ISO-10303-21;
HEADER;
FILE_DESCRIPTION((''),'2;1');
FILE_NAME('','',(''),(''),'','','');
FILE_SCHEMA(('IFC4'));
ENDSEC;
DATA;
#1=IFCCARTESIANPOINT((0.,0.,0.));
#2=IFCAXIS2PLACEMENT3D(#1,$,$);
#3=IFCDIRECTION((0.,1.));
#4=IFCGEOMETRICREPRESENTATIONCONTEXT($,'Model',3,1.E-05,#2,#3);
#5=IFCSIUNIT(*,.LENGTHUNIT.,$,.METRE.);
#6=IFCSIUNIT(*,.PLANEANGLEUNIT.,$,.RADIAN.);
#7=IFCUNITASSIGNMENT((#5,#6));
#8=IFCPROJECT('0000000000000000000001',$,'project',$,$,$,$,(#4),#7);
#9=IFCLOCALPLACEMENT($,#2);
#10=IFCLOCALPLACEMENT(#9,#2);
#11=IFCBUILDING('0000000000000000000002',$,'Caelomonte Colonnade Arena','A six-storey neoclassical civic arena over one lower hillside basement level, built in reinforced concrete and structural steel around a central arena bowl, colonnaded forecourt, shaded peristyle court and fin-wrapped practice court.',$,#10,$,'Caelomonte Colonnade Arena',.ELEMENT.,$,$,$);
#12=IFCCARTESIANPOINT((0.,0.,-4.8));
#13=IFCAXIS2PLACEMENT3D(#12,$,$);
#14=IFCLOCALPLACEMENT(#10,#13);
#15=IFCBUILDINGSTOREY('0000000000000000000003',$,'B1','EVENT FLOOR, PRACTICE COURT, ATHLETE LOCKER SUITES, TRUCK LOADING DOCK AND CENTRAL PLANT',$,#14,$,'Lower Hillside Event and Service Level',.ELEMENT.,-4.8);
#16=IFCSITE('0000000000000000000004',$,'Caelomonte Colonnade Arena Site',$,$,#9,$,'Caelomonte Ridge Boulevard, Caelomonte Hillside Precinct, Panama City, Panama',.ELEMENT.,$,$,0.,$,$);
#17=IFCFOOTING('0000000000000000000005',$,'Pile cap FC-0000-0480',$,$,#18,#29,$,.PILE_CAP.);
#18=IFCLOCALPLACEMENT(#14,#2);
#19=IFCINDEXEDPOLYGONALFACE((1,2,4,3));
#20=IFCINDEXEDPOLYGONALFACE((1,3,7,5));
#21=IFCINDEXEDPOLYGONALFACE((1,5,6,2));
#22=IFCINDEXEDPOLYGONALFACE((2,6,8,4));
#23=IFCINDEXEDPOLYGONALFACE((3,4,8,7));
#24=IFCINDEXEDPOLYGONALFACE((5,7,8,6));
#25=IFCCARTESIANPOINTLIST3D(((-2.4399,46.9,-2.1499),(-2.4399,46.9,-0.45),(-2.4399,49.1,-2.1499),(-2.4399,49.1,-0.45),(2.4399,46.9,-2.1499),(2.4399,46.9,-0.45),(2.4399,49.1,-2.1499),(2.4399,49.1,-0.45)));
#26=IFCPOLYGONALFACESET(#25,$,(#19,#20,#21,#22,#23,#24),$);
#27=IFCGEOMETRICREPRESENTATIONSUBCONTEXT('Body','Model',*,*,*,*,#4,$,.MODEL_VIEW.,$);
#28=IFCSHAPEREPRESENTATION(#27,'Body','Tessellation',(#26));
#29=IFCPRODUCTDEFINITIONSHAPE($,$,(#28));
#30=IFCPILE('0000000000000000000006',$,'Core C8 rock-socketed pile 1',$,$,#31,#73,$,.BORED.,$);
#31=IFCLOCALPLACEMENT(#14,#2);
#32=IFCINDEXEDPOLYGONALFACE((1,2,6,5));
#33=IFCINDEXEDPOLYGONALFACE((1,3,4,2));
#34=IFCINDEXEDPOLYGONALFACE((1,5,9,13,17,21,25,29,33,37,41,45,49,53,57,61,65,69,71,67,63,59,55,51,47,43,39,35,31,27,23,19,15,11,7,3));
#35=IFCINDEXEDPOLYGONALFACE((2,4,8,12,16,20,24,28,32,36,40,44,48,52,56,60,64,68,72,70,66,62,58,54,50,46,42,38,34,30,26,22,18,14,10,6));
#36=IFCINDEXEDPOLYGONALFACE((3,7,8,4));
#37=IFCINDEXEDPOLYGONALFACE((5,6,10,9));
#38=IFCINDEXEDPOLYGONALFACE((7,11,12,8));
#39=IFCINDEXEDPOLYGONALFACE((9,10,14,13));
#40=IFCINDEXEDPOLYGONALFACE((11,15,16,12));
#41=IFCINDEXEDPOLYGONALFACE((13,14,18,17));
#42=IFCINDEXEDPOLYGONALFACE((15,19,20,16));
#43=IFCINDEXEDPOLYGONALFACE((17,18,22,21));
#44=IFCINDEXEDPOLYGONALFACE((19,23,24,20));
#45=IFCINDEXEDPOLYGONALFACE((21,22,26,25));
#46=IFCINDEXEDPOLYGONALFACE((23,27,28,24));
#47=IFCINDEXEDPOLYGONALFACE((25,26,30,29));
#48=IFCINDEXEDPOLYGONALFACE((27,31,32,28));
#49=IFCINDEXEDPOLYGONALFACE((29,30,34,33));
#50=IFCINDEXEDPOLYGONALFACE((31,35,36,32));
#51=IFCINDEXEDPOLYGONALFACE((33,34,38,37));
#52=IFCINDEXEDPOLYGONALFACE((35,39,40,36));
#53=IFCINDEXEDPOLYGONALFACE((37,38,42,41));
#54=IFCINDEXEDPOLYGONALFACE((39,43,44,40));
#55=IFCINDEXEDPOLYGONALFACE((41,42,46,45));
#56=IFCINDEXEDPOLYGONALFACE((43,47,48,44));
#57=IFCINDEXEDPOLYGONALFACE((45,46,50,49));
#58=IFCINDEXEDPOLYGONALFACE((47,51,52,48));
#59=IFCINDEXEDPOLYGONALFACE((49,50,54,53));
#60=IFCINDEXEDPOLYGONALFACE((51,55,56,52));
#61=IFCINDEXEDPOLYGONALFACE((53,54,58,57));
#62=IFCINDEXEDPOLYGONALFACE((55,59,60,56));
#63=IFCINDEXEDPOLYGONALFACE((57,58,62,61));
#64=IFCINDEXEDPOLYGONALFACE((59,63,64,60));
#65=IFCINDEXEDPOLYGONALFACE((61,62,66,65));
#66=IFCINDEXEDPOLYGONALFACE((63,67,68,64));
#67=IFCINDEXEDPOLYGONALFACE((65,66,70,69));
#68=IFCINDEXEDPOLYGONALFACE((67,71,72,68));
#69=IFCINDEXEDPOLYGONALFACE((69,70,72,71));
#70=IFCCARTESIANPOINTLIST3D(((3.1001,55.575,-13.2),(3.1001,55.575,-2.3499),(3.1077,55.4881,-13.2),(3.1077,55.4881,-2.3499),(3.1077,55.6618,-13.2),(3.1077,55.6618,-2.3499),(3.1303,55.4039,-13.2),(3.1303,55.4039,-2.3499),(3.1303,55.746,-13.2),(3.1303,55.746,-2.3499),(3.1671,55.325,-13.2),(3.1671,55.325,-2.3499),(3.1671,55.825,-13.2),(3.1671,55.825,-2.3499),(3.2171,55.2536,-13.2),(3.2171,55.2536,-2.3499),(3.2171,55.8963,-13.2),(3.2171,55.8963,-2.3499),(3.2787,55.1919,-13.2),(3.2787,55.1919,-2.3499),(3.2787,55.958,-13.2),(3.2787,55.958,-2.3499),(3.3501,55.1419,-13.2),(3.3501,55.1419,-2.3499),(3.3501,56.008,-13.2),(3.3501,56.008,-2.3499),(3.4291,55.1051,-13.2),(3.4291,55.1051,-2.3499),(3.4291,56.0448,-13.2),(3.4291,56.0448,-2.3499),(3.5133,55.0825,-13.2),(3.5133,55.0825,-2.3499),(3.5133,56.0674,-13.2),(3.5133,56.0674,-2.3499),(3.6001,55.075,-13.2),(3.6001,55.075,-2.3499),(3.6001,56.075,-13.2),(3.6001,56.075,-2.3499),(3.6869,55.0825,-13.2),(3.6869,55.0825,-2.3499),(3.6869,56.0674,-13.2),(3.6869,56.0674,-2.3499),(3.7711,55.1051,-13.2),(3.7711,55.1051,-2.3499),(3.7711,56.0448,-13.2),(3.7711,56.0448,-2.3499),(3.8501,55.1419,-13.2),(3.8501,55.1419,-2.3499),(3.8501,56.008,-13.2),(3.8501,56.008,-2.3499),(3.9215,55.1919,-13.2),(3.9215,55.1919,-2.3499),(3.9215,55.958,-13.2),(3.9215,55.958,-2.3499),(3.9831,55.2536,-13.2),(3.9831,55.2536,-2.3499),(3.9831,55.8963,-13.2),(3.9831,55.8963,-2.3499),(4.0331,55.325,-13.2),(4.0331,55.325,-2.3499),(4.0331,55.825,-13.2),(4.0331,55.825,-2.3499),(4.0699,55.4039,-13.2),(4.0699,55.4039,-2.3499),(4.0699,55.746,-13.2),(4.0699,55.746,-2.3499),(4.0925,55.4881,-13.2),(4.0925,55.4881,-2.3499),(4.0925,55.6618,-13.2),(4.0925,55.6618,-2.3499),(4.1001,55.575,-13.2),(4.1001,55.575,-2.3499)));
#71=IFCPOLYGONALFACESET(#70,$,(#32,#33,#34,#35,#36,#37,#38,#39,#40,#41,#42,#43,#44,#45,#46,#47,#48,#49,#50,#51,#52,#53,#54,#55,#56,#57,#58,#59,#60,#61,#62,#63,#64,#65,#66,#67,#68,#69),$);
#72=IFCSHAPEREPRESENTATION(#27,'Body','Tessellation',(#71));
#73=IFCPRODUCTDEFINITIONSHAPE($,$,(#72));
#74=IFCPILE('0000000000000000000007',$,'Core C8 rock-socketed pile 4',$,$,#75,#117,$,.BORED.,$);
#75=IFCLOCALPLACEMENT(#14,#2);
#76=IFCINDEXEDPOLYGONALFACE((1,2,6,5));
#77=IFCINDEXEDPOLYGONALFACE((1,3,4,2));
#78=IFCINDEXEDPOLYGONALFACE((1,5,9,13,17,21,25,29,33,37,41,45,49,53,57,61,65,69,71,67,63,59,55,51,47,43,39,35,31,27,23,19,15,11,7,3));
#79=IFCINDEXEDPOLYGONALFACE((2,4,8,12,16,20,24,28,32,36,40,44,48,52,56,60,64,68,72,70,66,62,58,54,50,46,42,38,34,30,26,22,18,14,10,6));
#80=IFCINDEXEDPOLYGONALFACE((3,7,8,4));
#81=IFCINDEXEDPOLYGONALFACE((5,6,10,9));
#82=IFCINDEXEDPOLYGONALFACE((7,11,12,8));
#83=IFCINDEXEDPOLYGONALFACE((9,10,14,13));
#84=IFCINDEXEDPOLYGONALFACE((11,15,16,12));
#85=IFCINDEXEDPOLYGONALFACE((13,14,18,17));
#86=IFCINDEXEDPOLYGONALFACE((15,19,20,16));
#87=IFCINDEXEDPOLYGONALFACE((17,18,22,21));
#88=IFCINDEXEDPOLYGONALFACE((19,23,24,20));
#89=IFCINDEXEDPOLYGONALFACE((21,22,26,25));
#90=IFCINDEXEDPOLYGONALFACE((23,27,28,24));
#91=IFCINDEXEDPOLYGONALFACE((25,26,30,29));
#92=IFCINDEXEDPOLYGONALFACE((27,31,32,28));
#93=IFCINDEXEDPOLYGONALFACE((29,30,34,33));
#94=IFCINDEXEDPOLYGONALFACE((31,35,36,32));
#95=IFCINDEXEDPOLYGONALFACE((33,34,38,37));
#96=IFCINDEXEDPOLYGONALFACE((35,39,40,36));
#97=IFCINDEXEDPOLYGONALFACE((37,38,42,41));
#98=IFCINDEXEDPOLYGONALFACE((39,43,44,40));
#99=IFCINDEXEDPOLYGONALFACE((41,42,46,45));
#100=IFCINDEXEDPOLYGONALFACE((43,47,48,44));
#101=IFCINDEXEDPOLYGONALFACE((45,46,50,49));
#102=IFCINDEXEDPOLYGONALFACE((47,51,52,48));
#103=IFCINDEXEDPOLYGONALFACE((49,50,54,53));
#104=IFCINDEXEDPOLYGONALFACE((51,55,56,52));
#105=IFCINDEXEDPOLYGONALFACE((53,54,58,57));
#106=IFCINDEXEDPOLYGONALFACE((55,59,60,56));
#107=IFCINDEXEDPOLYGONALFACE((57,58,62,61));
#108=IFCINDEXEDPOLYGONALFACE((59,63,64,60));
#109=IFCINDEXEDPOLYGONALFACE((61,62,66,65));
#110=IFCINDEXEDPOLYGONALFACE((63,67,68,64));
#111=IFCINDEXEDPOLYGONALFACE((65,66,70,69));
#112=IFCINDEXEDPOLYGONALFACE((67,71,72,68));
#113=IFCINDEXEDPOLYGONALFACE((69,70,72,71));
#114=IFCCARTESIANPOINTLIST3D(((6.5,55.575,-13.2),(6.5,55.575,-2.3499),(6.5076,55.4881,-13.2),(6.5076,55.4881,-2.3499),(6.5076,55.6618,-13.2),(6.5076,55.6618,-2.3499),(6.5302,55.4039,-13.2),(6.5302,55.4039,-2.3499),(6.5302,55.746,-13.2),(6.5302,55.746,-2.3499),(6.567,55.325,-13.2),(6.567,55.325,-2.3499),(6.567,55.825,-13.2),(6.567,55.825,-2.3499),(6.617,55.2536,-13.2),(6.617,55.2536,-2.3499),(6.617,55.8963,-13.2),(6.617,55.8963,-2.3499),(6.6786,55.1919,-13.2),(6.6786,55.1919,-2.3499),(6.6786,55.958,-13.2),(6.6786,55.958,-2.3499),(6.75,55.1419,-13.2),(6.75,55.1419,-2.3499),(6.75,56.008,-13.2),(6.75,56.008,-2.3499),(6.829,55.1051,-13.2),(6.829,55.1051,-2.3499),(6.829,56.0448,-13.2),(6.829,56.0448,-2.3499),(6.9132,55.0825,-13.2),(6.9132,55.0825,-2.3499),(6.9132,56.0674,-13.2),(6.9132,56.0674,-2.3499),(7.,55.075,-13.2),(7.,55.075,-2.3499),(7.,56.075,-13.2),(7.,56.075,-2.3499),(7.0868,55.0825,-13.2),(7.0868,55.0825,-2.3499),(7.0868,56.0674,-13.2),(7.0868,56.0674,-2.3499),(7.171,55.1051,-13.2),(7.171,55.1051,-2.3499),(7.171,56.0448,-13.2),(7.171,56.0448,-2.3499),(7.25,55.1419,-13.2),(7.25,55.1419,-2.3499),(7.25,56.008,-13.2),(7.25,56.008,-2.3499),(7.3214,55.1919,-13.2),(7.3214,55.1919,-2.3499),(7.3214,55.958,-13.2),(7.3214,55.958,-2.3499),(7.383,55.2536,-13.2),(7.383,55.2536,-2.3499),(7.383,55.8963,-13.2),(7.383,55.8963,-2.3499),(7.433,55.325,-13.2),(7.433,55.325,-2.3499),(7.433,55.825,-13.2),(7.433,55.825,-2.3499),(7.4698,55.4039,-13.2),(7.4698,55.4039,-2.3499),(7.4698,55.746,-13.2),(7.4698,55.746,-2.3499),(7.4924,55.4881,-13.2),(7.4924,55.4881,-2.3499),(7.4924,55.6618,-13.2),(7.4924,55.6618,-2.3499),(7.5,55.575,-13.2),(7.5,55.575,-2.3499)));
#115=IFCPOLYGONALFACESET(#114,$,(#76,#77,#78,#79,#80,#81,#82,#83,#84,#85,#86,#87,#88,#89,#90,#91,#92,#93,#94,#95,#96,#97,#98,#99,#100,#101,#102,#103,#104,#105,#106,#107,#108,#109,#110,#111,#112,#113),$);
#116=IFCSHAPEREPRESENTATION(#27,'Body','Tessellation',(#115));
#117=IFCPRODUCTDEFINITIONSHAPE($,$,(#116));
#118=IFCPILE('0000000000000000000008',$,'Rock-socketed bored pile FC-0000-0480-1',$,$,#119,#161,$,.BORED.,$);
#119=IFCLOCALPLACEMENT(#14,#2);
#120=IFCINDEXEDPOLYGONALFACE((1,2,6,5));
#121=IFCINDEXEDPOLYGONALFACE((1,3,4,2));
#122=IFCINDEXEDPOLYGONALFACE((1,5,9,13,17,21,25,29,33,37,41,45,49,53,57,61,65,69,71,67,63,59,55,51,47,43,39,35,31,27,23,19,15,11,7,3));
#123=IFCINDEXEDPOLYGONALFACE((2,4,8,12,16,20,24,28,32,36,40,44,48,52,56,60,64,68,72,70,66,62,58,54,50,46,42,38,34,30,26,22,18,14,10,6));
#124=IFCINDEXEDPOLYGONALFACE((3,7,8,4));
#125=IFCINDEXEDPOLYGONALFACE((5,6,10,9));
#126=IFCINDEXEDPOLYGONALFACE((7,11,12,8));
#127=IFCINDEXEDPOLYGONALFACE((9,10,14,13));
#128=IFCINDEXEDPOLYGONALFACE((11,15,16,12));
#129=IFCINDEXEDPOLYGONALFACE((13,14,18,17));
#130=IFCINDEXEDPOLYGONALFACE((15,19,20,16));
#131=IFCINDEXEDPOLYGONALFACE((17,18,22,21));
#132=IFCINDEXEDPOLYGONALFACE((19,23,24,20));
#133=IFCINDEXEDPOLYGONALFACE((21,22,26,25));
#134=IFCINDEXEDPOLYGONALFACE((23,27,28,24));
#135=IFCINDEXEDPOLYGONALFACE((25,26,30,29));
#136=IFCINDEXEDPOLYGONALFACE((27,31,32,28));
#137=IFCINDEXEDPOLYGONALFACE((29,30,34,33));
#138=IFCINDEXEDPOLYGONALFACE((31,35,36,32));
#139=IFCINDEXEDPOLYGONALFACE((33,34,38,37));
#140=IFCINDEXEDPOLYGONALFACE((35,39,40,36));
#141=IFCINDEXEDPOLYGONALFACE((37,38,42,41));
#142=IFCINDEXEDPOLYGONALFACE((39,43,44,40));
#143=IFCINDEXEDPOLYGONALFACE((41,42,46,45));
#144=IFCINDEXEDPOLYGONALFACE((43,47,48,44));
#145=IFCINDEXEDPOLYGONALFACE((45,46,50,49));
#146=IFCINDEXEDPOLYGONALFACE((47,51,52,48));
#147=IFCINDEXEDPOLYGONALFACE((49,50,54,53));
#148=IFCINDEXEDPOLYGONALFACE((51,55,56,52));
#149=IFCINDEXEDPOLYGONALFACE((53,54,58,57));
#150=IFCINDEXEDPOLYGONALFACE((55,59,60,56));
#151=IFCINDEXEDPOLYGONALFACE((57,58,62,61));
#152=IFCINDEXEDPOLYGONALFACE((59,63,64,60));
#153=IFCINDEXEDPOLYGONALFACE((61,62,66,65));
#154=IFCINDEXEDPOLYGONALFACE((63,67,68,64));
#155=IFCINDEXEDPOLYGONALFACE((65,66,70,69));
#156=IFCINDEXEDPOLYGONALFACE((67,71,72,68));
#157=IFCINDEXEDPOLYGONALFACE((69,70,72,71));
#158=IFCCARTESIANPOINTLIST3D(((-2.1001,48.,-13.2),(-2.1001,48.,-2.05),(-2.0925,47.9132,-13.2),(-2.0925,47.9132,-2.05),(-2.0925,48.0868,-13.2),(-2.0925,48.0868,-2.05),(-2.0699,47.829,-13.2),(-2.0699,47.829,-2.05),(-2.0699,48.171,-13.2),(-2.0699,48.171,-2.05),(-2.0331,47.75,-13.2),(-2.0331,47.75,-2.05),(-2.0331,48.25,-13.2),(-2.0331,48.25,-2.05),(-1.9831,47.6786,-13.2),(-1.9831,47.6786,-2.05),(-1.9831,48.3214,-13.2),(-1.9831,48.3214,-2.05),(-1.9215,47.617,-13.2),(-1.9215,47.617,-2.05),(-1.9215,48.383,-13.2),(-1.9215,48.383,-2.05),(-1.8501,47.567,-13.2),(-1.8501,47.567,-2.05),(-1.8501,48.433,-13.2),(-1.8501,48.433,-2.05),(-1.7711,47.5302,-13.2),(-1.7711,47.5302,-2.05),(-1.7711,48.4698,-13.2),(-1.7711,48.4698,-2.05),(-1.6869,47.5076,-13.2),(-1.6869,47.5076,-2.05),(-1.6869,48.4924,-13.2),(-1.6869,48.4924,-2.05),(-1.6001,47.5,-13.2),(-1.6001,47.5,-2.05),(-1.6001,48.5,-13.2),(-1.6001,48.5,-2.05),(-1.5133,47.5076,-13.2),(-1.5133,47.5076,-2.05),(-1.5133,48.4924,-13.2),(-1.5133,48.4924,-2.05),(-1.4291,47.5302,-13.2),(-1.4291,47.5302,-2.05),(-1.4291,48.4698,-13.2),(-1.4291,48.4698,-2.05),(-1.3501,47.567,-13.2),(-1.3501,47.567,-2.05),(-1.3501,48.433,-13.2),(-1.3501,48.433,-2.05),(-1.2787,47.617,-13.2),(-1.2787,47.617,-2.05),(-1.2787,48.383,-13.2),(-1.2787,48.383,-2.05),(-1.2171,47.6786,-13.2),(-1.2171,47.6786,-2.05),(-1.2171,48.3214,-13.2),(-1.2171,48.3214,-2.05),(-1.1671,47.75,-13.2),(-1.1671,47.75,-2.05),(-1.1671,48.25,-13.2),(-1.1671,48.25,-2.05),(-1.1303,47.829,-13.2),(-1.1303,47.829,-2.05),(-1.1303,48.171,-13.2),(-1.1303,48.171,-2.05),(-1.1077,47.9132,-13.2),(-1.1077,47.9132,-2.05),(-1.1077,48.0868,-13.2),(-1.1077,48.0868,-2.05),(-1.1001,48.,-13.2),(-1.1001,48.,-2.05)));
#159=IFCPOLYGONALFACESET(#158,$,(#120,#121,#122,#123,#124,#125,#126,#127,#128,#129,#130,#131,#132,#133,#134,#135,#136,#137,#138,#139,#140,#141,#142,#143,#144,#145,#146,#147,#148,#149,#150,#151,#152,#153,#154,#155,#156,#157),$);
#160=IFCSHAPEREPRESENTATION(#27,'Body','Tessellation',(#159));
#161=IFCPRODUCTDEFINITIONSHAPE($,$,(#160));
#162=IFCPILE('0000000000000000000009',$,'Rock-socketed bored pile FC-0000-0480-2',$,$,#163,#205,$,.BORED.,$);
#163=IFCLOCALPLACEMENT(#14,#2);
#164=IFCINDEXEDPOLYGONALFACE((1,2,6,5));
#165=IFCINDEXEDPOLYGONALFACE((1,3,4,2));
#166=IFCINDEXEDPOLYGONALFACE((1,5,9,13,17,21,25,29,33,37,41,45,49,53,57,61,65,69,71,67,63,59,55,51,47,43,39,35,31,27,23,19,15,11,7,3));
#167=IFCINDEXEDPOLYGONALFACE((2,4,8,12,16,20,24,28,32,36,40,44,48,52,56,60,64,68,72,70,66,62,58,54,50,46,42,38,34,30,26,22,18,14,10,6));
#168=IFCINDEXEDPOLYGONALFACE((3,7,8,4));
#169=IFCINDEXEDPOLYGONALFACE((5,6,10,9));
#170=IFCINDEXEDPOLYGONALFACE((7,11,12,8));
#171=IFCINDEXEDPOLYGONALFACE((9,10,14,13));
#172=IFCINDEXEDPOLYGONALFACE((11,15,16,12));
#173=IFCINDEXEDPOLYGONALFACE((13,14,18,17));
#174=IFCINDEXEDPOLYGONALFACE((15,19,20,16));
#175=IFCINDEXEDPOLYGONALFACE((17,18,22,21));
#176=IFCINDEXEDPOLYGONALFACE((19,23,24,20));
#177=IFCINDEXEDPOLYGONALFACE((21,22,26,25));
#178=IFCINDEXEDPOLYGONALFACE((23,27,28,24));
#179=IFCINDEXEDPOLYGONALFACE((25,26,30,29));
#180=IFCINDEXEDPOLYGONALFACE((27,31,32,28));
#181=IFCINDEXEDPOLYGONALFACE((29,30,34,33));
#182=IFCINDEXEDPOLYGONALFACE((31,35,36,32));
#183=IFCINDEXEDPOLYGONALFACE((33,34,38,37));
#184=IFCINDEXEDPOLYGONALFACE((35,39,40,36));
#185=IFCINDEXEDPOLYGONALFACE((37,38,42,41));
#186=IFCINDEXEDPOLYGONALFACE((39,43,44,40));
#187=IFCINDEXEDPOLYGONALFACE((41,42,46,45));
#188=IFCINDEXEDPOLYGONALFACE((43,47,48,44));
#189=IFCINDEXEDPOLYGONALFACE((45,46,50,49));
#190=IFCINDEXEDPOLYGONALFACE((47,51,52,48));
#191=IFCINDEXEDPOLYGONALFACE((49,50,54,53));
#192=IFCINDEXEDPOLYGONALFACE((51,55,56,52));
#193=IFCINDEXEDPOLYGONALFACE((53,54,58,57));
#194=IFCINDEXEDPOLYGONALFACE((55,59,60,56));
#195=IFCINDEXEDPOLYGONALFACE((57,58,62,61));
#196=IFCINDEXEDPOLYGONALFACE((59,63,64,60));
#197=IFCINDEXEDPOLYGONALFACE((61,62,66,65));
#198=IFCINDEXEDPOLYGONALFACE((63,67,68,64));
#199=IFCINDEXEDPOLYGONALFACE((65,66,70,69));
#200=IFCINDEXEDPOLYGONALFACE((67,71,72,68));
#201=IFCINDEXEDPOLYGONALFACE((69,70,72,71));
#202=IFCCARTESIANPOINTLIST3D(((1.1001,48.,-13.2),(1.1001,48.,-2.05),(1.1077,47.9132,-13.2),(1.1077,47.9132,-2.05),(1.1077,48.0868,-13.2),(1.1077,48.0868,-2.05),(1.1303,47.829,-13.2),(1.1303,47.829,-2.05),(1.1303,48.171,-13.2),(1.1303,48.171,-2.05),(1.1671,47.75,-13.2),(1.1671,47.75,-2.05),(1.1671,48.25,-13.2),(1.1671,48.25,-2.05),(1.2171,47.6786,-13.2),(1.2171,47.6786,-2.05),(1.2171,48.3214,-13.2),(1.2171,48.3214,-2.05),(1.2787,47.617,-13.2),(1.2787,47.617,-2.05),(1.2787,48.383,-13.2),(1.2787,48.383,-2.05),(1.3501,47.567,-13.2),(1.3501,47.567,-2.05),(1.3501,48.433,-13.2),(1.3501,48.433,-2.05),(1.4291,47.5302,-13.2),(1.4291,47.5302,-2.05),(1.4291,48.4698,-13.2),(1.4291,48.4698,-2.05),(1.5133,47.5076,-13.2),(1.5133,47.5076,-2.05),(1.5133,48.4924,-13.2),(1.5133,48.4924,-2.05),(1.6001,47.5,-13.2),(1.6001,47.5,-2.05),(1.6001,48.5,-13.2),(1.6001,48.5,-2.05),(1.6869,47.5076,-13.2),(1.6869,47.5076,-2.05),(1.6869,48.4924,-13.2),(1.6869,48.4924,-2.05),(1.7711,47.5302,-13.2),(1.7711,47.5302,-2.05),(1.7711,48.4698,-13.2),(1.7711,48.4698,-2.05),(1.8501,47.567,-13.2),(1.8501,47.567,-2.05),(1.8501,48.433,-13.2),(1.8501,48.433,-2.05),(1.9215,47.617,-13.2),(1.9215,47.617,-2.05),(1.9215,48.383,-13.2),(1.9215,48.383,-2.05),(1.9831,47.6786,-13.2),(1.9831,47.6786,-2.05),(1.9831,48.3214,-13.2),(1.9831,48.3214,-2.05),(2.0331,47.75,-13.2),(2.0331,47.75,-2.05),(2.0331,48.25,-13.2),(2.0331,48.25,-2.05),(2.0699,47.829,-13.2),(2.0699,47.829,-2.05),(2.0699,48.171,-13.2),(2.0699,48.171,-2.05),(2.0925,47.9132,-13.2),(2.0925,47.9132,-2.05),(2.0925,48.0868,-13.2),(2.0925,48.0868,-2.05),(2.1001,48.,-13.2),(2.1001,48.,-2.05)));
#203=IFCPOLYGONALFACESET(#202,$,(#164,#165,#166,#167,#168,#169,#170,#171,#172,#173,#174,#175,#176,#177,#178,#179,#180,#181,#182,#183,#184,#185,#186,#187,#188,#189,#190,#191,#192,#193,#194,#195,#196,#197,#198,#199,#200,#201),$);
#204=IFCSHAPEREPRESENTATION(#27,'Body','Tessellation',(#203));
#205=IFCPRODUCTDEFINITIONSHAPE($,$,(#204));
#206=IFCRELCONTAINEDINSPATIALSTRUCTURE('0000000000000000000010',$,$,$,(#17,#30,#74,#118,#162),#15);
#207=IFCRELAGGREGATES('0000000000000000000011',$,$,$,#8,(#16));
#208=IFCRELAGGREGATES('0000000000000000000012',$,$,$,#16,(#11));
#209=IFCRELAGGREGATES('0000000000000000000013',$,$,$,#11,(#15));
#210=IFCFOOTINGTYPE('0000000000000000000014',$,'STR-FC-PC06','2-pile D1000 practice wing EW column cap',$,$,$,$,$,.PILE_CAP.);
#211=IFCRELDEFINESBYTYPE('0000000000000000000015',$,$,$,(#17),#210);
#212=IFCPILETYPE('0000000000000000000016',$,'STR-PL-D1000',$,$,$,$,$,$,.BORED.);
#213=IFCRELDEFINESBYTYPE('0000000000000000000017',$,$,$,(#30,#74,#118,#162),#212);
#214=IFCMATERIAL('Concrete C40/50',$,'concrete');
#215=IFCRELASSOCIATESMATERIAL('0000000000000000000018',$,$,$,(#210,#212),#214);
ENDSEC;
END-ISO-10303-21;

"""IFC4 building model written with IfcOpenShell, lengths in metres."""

from ifc_helpers import new_model, si_unit, direction, frame, origin, origin_2d, place, context, subcontext, project, spatial, rectangle, circle, extrude, material, material_profile, profile_set, type_object, element, save


model = new_model("IFC4")

# Units and contexts
model_context = context("Model", 3, precision=1e-05, world=origin(), true_north=direction((0.0, 1.0)))
body_context = subcontext(model_context, "Body", "Model", "MODEL_VIEW")
ifc_project = project(units=[si_unit("LENGTHUNIT", "METRE"), si_unit("PLANEANGLEUNIT", "RADIAN")], contexts=[model_context])

# Site, building, storey
site_placement = place(None, origin())
site = spatial("IfcSite", under=ifc_project, at=site_placement, Name="Caelomonte Colonnade Arena Site", LongName="Caelomonte Ridge Boulevard, Caelomonte Hillside Precinct, Panama City, Panama", CompositionType="ELEMENT", RefElevation=0.0)
building_placement = place(site_placement, origin())
building = spatial("IfcBuilding", under=site, at=building_placement, Name="Caelomonte Colonnade Arena", Description="A six-storey neoclassical civic arena over one lower hillside basement level, built in reinforced concrete and structural steel around a central arena bowl, colonnaded forecourt, shaded peristyle court and fin-wrapped practice court.", LongName="Caelomonte Colonnade Arena", CompositionType="ELEMENT")
storey_placement = place(building_placement, frame((0.0, 0.0, -4.8)))
storey = spatial("IfcBuildingStorey", under=building, at=storey_placement, Name="B1", Description="EVENT FLOOR, PRACTICE COURT, ATHLETE LOCKER SUITES, TRUCK LOADING DOCK AND CENTRAL PLANT", LongName="Lower Hillside Event and Service Level", CompositionType="ELEMENT", Elevation=-4.8)

# Footing
ifc_material_1 = material(Name="Concrete C40/50", Category="concrete")
footing_type = type_object("IfcFootingType", Name="STR-FC-PC06", Description="2-pile D1000 practice wing EW column cap", PredefinedType="PILE_CAP", material=ifc_material_1)
footing_placement = place(storey_placement, frame((0.0, 48.0, -2.1499), z_axis=(0.0, 0.0, 1.0), x_axis=(1.0, 0.0, 0.0)))
element("IfcFooting", 1, at=footing_placement, inside=storey, type_object=footing_type, Name="Pile cap FC-0000-0480", PredefinedType="PILE_CAP", context=body_context, shape_type="SweptSolid", body=[
    extrude(rectangle(XDim=4.8799, YDim=2.2, at=origin_2d()), origin(), (0.0, 0.0, 1.0), 1.7),
])

# Piles
ifc_material_profile_1 = material_profile(ifc_material_1, circle(Radius=0.5, at=origin_2d()), Name="PILE-D1000")
ifc_profile_set_1 = profile_set([ifc_material_profile_1], Name="Concrete C40/50")
pile_type = type_object("IfcPileType", Name="STR-PL-D1000", PredefinedType="BORED", material=ifc_profile_set_1)
for number, where, z_axis, x_axis, name in (
    (2, (3.6001, 55.575, -2.3499), (0.0, 0.0, -1.0), (1.0, 0.0, 0.0), "Core C8 rock-socketed pile 1"),
    (3, (7.0, 55.575, -2.3499), (0.0, 0.0, -1.0), (1.0, 0.0, 0.0), "Core C8 rock-socketed pile 4"),
):
    element("IfcPile", number, at=place(storey_placement, frame(where, z_axis=z_axis, x_axis=x_axis)), inside=storey, type_object=pile_type, Name=name, PredefinedType="BORED", context=body_context, shape_type="SweptSolid", body=[
        extrude(circle(Radius=0.5, at=origin_2d()), origin(), (0.0, 0.0, 1.0), 10.8501),
    ])
for number, where, z_axis, x_axis, name in (
    (4, (-1.6001, 48.0, -2.05), (0.0, 0.0, -1.0), (1.0, 0.0, 0.0), "Rock-socketed bored pile FC-0000-0480-1"),
    (5, (1.6001, 48.0, -2.05), (0.0, 0.0, -1.0), (1.0, 0.0, 0.0), "Rock-socketed bored pile FC-0000-0480-2"),
):
    element("IfcPile", number, at=place(storey_placement, frame(where, z_axis=z_axis, x_axis=x_axis)), inside=storey, type_object=pile_type, Name=name, PredefinedType="BORED", context=body_context, shape_type="SweptSolid", body=[
        extrude(circle(Radius=0.5, at=origin_2d()), origin(), (0.0, 0.0, 1.0), 11.1499),
    ])

save(model, "model.ifc")
